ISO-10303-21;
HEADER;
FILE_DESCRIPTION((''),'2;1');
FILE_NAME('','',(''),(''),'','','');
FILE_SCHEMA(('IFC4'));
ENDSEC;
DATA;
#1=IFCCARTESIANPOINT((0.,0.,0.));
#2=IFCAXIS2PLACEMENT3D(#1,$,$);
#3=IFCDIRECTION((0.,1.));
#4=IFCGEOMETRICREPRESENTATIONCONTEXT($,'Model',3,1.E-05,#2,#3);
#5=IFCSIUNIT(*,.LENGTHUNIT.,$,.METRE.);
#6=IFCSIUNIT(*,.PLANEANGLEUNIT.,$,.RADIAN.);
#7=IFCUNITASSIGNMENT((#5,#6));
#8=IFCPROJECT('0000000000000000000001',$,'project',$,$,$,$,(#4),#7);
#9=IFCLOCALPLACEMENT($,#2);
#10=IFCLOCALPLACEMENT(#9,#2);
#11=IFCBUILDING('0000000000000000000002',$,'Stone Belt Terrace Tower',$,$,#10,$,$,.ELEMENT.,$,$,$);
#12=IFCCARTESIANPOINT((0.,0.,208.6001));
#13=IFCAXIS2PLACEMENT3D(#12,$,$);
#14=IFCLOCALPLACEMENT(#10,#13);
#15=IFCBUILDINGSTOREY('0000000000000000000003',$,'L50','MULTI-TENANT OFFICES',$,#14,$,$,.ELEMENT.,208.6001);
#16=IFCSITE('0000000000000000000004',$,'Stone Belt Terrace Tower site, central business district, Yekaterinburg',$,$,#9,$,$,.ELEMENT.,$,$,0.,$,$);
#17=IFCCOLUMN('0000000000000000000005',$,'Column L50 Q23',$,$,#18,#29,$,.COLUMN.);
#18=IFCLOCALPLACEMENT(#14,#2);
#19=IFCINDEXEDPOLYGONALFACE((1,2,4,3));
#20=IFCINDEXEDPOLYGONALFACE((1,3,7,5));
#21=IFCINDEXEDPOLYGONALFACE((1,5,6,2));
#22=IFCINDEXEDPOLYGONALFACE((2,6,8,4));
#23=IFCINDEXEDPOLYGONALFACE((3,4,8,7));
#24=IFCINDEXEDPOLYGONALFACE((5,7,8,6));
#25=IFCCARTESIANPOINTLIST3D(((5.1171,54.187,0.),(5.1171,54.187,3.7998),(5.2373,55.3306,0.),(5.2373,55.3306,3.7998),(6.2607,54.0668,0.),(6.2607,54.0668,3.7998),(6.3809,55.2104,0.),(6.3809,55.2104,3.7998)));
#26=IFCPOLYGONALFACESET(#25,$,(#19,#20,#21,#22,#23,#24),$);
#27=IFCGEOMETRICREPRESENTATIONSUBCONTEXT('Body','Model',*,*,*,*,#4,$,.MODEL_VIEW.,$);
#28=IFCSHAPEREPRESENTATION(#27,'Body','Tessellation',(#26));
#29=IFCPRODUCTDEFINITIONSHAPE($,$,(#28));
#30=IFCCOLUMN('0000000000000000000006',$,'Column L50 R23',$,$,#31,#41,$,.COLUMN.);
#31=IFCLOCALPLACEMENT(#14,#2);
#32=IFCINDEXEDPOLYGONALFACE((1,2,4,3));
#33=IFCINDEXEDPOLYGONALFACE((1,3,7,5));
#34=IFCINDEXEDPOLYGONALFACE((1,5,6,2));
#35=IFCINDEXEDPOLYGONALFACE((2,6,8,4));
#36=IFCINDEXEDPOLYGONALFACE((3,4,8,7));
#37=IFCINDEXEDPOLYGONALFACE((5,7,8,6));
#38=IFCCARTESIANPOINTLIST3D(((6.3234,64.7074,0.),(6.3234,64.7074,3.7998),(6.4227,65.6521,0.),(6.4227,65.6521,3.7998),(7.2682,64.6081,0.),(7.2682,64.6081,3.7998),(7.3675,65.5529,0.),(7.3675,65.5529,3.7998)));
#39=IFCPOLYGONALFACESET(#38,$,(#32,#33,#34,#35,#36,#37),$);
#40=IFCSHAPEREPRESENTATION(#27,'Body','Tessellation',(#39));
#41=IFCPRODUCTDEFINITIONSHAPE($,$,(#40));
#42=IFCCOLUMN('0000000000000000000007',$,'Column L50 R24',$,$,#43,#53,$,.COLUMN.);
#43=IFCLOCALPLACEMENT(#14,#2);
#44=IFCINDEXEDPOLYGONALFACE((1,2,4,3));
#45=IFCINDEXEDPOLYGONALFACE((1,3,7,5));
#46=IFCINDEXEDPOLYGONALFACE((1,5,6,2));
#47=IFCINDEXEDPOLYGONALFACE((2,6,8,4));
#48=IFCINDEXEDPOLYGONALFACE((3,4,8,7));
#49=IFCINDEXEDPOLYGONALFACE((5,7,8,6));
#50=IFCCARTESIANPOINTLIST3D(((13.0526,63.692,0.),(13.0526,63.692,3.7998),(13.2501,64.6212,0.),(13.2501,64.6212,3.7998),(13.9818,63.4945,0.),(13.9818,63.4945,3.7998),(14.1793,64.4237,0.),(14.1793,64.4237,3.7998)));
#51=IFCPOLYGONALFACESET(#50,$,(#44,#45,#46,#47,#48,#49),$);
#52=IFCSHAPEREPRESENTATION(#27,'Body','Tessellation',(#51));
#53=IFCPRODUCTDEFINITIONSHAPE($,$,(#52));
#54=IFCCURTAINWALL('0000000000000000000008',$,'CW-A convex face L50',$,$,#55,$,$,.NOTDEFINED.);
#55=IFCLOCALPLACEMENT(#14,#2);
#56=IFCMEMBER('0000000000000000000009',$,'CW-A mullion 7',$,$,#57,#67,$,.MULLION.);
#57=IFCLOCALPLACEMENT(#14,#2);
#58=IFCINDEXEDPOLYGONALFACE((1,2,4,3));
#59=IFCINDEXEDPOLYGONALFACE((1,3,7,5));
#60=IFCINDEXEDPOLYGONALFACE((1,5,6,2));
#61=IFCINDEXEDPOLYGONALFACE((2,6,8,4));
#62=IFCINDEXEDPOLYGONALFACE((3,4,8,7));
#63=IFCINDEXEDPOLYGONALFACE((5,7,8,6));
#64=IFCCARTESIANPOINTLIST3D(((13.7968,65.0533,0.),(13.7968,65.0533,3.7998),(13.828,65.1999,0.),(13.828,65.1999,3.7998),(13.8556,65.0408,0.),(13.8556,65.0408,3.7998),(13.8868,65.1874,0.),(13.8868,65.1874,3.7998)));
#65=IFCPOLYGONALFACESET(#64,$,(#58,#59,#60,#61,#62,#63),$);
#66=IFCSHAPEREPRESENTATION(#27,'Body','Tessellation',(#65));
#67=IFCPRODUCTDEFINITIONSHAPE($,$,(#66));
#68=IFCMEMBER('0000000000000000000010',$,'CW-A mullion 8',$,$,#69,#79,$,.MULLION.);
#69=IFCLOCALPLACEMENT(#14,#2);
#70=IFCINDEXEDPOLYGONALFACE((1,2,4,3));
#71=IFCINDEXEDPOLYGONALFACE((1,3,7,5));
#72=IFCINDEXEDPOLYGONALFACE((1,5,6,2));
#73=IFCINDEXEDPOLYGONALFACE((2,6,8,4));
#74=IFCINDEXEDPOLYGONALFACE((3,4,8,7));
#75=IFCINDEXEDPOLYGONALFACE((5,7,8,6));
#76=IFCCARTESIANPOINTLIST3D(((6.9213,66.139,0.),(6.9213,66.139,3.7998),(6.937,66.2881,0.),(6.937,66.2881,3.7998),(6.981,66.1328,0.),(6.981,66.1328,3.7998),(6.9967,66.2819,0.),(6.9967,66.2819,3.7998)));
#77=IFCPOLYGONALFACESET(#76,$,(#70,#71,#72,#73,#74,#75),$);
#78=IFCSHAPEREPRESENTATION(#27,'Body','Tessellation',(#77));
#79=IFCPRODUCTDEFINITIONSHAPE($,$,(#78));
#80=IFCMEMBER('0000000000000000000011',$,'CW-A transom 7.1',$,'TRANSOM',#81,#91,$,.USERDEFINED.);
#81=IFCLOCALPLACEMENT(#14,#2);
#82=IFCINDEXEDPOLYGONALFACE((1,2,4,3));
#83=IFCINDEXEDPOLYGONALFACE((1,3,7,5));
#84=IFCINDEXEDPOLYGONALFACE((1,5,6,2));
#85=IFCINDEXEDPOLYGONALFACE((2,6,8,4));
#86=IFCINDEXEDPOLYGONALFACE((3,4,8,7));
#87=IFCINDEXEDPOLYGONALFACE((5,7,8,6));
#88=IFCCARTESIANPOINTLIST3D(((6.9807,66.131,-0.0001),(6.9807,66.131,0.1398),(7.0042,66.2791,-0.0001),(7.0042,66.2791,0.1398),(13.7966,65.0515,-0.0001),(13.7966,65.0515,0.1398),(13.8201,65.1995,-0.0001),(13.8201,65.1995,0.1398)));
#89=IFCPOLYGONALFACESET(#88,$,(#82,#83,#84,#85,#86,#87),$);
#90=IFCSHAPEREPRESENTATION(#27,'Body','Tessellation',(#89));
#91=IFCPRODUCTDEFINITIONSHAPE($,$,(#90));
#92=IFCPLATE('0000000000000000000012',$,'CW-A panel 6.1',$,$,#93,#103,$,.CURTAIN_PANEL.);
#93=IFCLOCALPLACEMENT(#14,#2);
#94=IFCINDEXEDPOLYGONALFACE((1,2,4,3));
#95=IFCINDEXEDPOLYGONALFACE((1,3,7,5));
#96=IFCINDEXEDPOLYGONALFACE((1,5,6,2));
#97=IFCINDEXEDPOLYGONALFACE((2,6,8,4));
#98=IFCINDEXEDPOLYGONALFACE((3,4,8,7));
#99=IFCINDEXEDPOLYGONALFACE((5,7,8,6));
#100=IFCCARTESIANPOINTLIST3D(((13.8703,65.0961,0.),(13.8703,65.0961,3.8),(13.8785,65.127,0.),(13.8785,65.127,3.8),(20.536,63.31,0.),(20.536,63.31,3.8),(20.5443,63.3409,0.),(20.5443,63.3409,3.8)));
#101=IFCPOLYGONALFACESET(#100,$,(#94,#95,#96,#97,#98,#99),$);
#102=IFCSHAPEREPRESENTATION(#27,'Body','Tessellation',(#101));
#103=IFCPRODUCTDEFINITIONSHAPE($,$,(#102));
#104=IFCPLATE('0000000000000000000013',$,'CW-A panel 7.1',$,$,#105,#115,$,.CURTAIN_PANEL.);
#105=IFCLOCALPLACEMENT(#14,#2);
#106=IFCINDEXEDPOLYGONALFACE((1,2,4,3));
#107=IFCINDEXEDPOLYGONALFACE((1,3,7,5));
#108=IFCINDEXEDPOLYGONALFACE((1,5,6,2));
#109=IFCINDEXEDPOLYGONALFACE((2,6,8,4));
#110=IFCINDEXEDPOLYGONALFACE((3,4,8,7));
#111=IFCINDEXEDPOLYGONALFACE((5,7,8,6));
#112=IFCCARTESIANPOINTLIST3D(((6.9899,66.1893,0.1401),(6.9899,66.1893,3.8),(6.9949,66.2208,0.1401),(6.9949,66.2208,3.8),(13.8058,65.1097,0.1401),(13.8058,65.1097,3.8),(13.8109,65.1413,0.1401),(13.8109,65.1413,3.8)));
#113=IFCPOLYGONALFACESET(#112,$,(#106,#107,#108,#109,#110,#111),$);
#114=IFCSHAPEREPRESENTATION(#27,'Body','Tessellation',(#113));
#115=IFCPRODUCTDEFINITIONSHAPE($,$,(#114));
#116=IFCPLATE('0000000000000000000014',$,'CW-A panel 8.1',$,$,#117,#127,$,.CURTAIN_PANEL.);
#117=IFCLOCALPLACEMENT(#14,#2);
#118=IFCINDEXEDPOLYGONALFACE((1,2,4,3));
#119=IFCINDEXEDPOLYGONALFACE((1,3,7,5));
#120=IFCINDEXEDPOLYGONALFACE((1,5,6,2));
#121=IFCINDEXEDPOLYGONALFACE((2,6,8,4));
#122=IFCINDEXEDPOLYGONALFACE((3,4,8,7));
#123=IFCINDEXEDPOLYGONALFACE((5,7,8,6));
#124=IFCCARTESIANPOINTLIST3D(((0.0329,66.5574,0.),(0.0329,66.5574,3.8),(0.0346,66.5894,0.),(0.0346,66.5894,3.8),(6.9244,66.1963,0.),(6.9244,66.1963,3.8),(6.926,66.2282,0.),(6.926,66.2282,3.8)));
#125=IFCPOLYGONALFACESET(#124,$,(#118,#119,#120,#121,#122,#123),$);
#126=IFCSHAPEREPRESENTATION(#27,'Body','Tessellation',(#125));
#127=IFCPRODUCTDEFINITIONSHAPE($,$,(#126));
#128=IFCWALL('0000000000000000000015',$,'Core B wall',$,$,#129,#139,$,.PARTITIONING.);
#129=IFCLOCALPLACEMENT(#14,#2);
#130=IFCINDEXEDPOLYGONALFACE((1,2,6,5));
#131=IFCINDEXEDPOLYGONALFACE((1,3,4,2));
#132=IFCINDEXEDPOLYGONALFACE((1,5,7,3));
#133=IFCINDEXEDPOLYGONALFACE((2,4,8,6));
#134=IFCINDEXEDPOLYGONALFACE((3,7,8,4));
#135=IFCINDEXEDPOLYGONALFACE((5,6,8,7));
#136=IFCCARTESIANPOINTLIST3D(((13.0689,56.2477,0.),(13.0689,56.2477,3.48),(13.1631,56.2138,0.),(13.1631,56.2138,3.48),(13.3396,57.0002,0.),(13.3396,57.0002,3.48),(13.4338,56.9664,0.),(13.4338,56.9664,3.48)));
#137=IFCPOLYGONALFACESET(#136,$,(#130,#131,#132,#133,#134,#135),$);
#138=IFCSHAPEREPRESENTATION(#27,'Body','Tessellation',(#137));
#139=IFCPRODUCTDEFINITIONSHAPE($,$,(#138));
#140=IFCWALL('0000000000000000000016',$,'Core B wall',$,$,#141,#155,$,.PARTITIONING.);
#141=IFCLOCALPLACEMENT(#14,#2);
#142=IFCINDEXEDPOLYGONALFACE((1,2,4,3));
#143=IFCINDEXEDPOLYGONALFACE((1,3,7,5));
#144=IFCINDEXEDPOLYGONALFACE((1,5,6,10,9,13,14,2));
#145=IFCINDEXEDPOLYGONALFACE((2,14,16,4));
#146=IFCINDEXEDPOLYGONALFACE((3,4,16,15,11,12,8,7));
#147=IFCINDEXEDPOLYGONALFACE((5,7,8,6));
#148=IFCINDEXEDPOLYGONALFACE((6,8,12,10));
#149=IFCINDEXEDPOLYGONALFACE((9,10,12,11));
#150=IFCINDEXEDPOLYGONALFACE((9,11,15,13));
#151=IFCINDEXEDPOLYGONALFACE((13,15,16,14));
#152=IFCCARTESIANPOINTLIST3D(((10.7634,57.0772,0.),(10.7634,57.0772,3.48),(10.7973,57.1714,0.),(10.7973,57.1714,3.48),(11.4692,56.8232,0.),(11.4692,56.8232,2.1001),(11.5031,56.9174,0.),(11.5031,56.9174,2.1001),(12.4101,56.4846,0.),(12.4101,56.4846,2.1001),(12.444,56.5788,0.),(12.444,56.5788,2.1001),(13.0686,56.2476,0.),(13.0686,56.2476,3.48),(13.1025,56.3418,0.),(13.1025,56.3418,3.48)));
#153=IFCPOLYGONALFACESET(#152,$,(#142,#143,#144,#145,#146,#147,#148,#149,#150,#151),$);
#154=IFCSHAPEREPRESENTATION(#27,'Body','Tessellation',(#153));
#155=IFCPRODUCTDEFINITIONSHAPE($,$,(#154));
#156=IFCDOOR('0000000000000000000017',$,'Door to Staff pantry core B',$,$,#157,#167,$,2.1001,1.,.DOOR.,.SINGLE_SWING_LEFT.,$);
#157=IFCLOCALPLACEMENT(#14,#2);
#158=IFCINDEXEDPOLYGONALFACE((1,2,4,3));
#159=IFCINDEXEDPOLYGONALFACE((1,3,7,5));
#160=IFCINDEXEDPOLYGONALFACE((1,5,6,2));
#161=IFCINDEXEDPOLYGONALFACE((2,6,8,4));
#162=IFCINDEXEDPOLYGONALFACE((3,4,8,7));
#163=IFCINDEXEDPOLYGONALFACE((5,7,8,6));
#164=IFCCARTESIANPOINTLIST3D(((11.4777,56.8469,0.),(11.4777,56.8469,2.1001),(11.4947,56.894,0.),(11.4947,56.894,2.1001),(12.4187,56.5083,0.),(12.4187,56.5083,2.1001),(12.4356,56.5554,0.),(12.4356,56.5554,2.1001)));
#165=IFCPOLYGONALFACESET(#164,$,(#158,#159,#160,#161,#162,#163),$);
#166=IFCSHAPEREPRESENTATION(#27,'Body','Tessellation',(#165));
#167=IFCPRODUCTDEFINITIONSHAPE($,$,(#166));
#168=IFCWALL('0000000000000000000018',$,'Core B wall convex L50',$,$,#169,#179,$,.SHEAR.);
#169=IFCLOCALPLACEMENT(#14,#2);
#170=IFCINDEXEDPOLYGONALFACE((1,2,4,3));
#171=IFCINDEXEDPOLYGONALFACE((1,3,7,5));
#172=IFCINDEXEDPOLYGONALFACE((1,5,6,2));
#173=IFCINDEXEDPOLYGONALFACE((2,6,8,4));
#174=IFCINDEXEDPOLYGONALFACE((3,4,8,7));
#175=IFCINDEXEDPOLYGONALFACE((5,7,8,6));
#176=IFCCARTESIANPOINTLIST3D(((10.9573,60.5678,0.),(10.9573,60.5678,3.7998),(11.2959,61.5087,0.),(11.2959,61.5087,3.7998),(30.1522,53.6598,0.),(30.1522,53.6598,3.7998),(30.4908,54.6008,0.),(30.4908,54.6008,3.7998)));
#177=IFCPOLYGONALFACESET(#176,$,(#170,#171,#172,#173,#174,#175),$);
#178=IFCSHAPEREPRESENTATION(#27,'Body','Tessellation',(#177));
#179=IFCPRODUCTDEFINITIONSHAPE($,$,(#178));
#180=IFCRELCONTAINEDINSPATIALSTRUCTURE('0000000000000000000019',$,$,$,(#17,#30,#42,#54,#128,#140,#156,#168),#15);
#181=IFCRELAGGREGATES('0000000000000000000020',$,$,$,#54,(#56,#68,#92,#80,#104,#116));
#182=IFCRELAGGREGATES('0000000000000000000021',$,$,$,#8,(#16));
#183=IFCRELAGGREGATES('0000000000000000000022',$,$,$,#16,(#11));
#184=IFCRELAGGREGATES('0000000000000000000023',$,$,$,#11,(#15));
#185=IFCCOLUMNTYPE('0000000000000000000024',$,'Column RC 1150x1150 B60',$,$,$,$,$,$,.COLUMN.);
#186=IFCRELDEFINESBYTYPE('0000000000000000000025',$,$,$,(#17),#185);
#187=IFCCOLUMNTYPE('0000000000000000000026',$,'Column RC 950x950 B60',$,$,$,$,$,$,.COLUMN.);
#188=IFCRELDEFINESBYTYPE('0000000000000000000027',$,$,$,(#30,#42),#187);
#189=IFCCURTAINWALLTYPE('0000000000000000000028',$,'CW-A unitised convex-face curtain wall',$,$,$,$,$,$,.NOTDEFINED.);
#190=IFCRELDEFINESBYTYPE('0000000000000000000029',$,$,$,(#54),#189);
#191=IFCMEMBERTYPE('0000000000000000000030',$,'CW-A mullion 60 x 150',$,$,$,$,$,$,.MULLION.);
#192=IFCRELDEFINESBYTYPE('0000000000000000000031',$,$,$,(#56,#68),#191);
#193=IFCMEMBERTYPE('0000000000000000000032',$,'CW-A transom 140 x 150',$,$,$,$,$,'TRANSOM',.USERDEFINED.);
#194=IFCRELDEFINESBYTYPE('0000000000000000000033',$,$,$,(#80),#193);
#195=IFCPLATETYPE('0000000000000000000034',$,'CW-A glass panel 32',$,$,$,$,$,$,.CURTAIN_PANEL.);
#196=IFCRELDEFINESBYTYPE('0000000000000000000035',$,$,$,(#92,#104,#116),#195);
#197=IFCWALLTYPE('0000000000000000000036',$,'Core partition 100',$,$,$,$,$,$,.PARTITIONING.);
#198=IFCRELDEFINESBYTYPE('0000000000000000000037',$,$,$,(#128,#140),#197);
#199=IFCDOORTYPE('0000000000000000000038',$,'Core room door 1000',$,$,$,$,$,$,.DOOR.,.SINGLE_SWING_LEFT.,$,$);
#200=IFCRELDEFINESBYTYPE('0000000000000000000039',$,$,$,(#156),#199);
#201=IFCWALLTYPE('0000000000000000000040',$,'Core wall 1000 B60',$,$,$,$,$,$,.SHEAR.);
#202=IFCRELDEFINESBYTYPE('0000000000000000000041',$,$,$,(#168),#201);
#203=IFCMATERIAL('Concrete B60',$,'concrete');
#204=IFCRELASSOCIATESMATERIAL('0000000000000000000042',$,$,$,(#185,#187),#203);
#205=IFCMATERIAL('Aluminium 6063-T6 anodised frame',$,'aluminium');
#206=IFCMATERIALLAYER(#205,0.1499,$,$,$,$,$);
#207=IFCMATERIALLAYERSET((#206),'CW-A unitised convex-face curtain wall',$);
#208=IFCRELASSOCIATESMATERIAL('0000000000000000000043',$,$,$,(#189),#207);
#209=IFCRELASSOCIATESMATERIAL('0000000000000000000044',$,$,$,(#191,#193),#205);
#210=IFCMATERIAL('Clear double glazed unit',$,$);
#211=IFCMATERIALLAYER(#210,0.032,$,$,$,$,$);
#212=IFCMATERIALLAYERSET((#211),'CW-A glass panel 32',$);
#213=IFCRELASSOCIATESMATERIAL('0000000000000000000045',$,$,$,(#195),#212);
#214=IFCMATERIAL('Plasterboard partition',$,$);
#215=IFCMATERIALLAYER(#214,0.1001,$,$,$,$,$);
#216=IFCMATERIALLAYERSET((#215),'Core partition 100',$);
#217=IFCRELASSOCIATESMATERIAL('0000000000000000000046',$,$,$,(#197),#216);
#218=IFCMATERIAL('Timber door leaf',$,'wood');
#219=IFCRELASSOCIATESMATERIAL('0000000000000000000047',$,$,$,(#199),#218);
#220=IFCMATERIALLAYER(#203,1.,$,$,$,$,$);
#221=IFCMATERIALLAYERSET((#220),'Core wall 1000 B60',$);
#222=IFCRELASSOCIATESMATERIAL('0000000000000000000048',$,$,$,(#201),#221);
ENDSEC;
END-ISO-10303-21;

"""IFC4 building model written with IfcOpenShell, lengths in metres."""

from ifc_helpers import new_model, si_unit, direction, frame, frame_2d, origin, origin_2d, place, context, subcontext, project, spatial, rectangle, extrude, material, layer, layer_set, material_profile, profile_set, type_object, element, fill, aggregate, save


model = new_model("IFC4")

# Units and contexts
model_context = context("Model", 3, precision=1e-05, world=origin(), true_north=direction((0.0, 1.0)))
body_context = subcontext(model_context, "Body", "Model", "MODEL_VIEW")
ifc_project = project(units=[si_unit("LENGTHUNIT", "METRE"), si_unit("PLANEANGLEUNIT", "RADIAN")], contexts=[model_context])

# Site, building, storey
site_placement = place(None, origin())
site = spatial("IfcSite", under=ifc_project, at=site_placement, Name="Stone Belt Terrace Tower site, central business district, Yekaterinburg", CompositionType="ELEMENT", RefElevation=0.0)
building_placement = place(site_placement, origin())
building = spatial("IfcBuilding", under=site, at=building_placement, Name="Stone Belt Terrace Tower", CompositionType="ELEMENT")
storey_placement = place(building_placement, frame((0.0, 0.0, 208.6001)))
storey = spatial("IfcBuildingStorey", under=building, at=storey_placement, Name="L50", Description="MULTI-TENANT OFFICES", CompositionType="ELEMENT", Elevation=208.6001)

# Columns
ifc_material_1 = material(Name="Concrete B60", Category="concrete")
ifc_material_profile_1 = material_profile(ifc_material_1, rectangle(XDim=1.1499, YDim=1.1499, at=origin_2d()), Name="RC 1150x1150")
ifc_profile_set_1 = profile_set([ifc_material_profile_1], Name="Concrete B60")
column_type_1 = type_object("IfcColumnType", Name="Column RC 1150x1150 B60", PredefinedType="COLUMN", material=ifc_profile_set_1)
column_placement = place(storey_placement, frame((5.749, 54.6987, 0.0), z_axis=(0.0, 0.0, 1.0), x_axis=(0.994522, -0.104528, 0.0)))
element("IfcColumn", 1, at=column_placement, inside=storey, type_object=column_type_1, Name="Column L50 Q23", PredefinedType="COLUMN", context=body_context, shape_type="SweptSolid", body=[
    extrude(rectangle(XDim=1.1499, YDim=1.1499, at=origin_2d()), origin(), (0.0, 0.0, 1.0), 3.7998),
])
ifc_material_profile_2 = material_profile(ifc_material_1, rectangle(XDim=0.95, YDim=0.95, at=origin_2d()), Name="RC 950x950")
ifc_profile_set_2 = profile_set([ifc_material_profile_2], Name="Concrete B60")
column_type_2 = type_object("IfcColumnType", Name="Column RC 950x950 B60", PredefinedType="COLUMN", material=ifc_profile_set_2)
for number, where, z_axis, x_axis, name in (
    (2, (6.8455, 65.1301, 0.0), (0.0, 0.0, 1.0), (0.994522, -0.104528, 0.0), "Column L50 R23"),
    (3, (13.616, 64.0579, 0.0), (0.0, 0.0, 1.0), (0.978148, -0.207912, 0.0), "Column L50 R24"),
):
    element("IfcColumn", number, at=place(storey_placement, frame(where, z_axis=z_axis, x_axis=x_axis)), inside=storey, type_object=column_type_2, Name=name, PredefinedType="COLUMN", context=body_context, shape_type="SweptSolid", body=[
        extrude(rectangle(XDim=0.95, YDim=0.95, at=origin_2d()), origin(), (0.0, 0.0, 1.0), 3.7998),
    ])

# Curtain wall, members, plates
ifc_material_2 = material(Name="Aluminium 6063-T6 anodised frame", Category="aluminium")
ifc_layer_1 = layer(ifc_material_2, 0.1499)
ifc_layer_set_1 = layer_set([ifc_layer_1], Name="CW-A unitised convex-face curtain wall")
curtain_wall_type = type_object("IfcCurtainWallType", Name="CW-A unitised convex-face curtain wall", PredefinedType="NOTDEFINED", material=ifc_layer_set_1)
curtain_wall_placement = place(storey_placement, origin())
curtain_wall = element("IfcCurtainWall", 4, at=curtain_wall_placement, inside=storey, type_object=curtain_wall_type, Name="CW-A convex face L50", PredefinedType="NOTDEFINED")
ifc_material_profile_3 = material_profile(ifc_material_2, rectangle(XDim=0.1499, YDim=0.0601, at=origin_2d()), Name="Aluminium 6063-T6 60x150")
ifc_profile_set_3 = profile_set([ifc_material_profile_3], Name="Aluminium 6063-T6 anodised frame")
member_type_1 = type_object("IfcMemberType", Name="CW-A mullion 60 x 150", PredefinedType="MULLION", material=ifc_profile_set_3)
member_1_placement = place(storey_placement, frame((13.8418, 65.1204, 0.0), z_axis=(0.0, 0.0, 1.0), x_axis=(-0.207912, -0.978148, 0.0)))
member_1 = element("IfcMember", 5, at=member_1_placement, type_object=member_type_1, Name="CW-A mullion 7", PredefinedType="MULLION", context=body_context, shape_type="SweptSolid", body=[
    extrude(rectangle(XDim=0.1499, YDim=0.0601, at=origin_2d()), origin(), (0.0, 0.0, 1.0), 3.7998),
])
member_2_placement = place(storey_placement, frame((6.959, 66.2104, 0.0), z_axis=(0.0, 0.0, 1.0), x_axis=(-0.104528, -0.994522, 0.0)))
member_2 = element("IfcMember", 6, at=member_2_placement, type_object=member_type_1, Name="CW-A mullion 8", PredefinedType="MULLION", context=body_context, shape_type="SweptSolid", body=[
    extrude(rectangle(XDim=0.1499, YDim=0.0601, at=origin_2d()), origin(), (0.0, 0.0, 1.0), 3.7998),
])
ifc_material_profile_4 = material_profile(ifc_material_2, rectangle(XDim=0.1499, YDim=0.1399, at=origin_2d()), Name="Aluminium 6063-T6 150x140")
ifc_profile_set_4 = profile_set([ifc_material_profile_4], Name="Aluminium 6063-T6 anodised frame")
member_type_2 = type_object("IfcMemberType", Name="CW-A transom 140 x 150", ElementType="TRANSOM", PredefinedType="USERDEFINED", material=ifc_profile_set_4)
member_3_placement = place(storey_placement, frame((13.8083, 65.1255, 0.0698), z_axis=(-0.987687, 0.156442, 0.0), x_axis=(-0.156442, -0.987687, 0.0)))
member_3 = element("IfcMember", 7, at=member_3_placement, type_object=member_type_2, Name="CW-A transom 7.1", ObjectType="TRANSOM", PredefinedType="USERDEFINED", context=body_context, shape_type="SweptSolid", body=[
    extrude(rectangle(XDim=0.1499, YDim=0.1399, at=origin_2d()), origin(), (0.0, 0.0, 1.0), 6.9009),
])
ifc_material_3 = material(Name="Clear double glazed unit")
ifc_layer_2 = layer(ifc_material_3, 0.032)
ifc_layer_set_2 = layer_set([ifc_layer_2], Name="CW-A glass panel 32")
plate_type = type_object("IfcPlateType", Name="CW-A glass panel 32", PredefinedType="CURTAIN_PANEL", material=ifc_layer_set_2)
plate_1_placement = place(storey_placement, frame((17.2073, 64.2185, 0.0), z_axis=(0.0, 0.0, 1.0), x_axis=(-0.965926, 0.258819, 0.0)))
plate_1 = element("IfcPlate", 8, at=plate_1_placement, type_object=plate_type, Name="CW-A panel 6.1", PredefinedType="CURTAIN_PANEL", context=body_context, shape_type="SweptSolid", body=[
    extrude(rectangle(XDim=6.9009, YDim=0.032, at=origin_2d()), origin(), (0.0, 0.0, 1.0), 3.8),
])
plate_2_placement = place(storey_placement, frame((10.4004, 65.6653, 0.1401), z_axis=(0.0, 0.0, 1.0), x_axis=(-0.987688, 0.156434, 0.0)))
plate_2 = element("IfcPlate", 9, at=plate_2_placement, type_object=plate_type, Name="CW-A panel 7.1", PredefinedType="CURTAIN_PANEL", context=body_context, shape_type="SweptSolid", body=[
    extrude(rectangle(XDim=6.9009, YDim=0.032, at=origin_2d()), origin(), (0.0, 0.0, 1.0), 3.6599),
])
plate_3_placement = place(storey_placement, frame((3.4795, 66.3928, 0.0), z_axis=(0.0, 0.0, 1.0), x_axis=(-0.99863, 0.052336, 0.0)))
plate_3 = element("IfcPlate", 10, at=plate_3_placement, type_object=plate_type, Name="CW-A panel 8.1", PredefinedType="CURTAIN_PANEL", context=body_context, shape_type="SweptSolid", body=[
    extrude(rectangle(XDim=6.9009, YDim=0.032, at=origin_2d()), origin(), (0.0, 0.0, 1.0), 3.8),
])
aggregate(curtain_wall, [member_1, member_2, plate_1, member_3, plate_2, plate_3])

# Wall
ifc_material_4 = material(Name="Plasterboard partition")
ifc_layer_3 = layer(ifc_material_4, 0.1001)
ifc_layer_set_3 = layer_set([ifc_layer_3], Name="Core partition 100")
wall_type_1 = type_object("IfcWallType", Name="Core partition 100", PredefinedType="PARTITIONING", material=ifc_layer_set_3)
wall_1_placement = place(storey_placement, frame((13.116, 56.2307, 0.0), z_axis=(0.0, 0.0, 1.0), x_axis=(0.338482, 0.940973, 0.0)))
element("IfcWall", 11, at=wall_1_placement, inside=storey, type_object=wall_type_1, Name="Core B wall", PredefinedType="PARTITIONING", context=body_context, shape_type="SweptSolid", body=[
    extrude(rectangle(XDim=0.7998, YDim=0.1001, at=frame_2d((0.3999, 0.0))), origin(), (0.0, 0.0, 1.0), 3.48),
])

# Wall, opening, door
wall_2_placement = place(storey_placement, frame((13.0857, 56.2947, 0.0), z_axis=(0.0, 0.0, 1.0), x_axis=(-0.940923, 0.338621, 0.0)))
wall_2 = element("IfcWall", 12, at=wall_2_placement, inside=storey, type_object=wall_type_1, Name="Core B wall", PredefinedType="PARTITIONING", context=body_context, shape_type="SweptSolid", body=[
    extrude(rectangle(XDim=2.45, YDim=0.1001, at=frame_2d((1.2251, 0.0))), origin(), (0.0, 0.0, 1.0), 3.48),
])
opening_1_placement = place(wall_2_placement, frame((0.7, 0.0, 0.0)))
opening_1 = element("IfcOpeningElement", 13, at=opening_1_placement, cuts=wall_2, PredefinedType="OPENING", context=body_context, shape_type="SweptSolid", body=[
    extrude(rectangle(XDim=1.0, YDim=2.1001, at=frame_2d((0.5, 1.05))), frame((0.0, 0.0601, 0.0), z_axis=(0.0, -1.0, 0.0), x_axis=(1.0, 0.0, 0.0)), (0.0, 0.0, 1.0), 0.1201),
])
ifc_material_5 = material(Name="Timber door leaf", Category="wood")
door_type_1 = type_object("IfcDoorType", Name="Core room door 1000", OperationType="SINGLE_SWING_LEFT", PredefinedType="DOOR", material=ifc_material_5)
door_1_placement = place(opening_1_placement, origin())
door_1 = element("IfcDoor", 14, at=door_1_placement, inside=storey, type_object=door_type_1, Name="Door to Staff pantry core B", OperationType="SINGLE_SWING_LEFT", OverallHeight=2.1001, OverallWidth=1.0, PredefinedType="DOOR", context=body_context, shape_type="SweptSolid", body=[
    extrude(rectangle(XDim=1.0, YDim=2.1001, at=frame_2d((0.5, 1.05))), frame((0.0, 0.0249, 0.0), z_axis=(0.0, -1.0, 0.0), x_axis=(1.0, 0.0, 0.0)), (0.0, 0.0, 1.0), 0.05),
])
fill(opening_1, door_1)

# Wall
ifc_layer_4 = layer(ifc_material_1, 1.0)
ifc_layer_set_4 = layer_set([ifc_layer_4], Name="Core wall 1000 B60")
wall_type_2 = type_object("IfcWallType", Name="Core wall 1000 B60", PredefinedType="SHEAR", material=ifc_layer_set_4)
wall_3_placement = place(storey_placement, frame((11.1265, 61.0383, 0.0), z_axis=(0.0, 0.0, 1.0), x_axis=(0.940921, -0.338625, 0.0)))
element("IfcWall", 15, at=wall_3_placement, inside=storey, type_object=wall_type_2, Name="Core B wall convex L50", PredefinedType="SHEAR", context=body_context, shape_type="SweptSolid", body=[
    extrude(rectangle(XDim=20.4001, YDim=1.0, at=frame_2d((10.2002, 0.0))), origin(), (0.0, 0.0, 1.0), 3.7998),
])

save(model, "model.ifc")
